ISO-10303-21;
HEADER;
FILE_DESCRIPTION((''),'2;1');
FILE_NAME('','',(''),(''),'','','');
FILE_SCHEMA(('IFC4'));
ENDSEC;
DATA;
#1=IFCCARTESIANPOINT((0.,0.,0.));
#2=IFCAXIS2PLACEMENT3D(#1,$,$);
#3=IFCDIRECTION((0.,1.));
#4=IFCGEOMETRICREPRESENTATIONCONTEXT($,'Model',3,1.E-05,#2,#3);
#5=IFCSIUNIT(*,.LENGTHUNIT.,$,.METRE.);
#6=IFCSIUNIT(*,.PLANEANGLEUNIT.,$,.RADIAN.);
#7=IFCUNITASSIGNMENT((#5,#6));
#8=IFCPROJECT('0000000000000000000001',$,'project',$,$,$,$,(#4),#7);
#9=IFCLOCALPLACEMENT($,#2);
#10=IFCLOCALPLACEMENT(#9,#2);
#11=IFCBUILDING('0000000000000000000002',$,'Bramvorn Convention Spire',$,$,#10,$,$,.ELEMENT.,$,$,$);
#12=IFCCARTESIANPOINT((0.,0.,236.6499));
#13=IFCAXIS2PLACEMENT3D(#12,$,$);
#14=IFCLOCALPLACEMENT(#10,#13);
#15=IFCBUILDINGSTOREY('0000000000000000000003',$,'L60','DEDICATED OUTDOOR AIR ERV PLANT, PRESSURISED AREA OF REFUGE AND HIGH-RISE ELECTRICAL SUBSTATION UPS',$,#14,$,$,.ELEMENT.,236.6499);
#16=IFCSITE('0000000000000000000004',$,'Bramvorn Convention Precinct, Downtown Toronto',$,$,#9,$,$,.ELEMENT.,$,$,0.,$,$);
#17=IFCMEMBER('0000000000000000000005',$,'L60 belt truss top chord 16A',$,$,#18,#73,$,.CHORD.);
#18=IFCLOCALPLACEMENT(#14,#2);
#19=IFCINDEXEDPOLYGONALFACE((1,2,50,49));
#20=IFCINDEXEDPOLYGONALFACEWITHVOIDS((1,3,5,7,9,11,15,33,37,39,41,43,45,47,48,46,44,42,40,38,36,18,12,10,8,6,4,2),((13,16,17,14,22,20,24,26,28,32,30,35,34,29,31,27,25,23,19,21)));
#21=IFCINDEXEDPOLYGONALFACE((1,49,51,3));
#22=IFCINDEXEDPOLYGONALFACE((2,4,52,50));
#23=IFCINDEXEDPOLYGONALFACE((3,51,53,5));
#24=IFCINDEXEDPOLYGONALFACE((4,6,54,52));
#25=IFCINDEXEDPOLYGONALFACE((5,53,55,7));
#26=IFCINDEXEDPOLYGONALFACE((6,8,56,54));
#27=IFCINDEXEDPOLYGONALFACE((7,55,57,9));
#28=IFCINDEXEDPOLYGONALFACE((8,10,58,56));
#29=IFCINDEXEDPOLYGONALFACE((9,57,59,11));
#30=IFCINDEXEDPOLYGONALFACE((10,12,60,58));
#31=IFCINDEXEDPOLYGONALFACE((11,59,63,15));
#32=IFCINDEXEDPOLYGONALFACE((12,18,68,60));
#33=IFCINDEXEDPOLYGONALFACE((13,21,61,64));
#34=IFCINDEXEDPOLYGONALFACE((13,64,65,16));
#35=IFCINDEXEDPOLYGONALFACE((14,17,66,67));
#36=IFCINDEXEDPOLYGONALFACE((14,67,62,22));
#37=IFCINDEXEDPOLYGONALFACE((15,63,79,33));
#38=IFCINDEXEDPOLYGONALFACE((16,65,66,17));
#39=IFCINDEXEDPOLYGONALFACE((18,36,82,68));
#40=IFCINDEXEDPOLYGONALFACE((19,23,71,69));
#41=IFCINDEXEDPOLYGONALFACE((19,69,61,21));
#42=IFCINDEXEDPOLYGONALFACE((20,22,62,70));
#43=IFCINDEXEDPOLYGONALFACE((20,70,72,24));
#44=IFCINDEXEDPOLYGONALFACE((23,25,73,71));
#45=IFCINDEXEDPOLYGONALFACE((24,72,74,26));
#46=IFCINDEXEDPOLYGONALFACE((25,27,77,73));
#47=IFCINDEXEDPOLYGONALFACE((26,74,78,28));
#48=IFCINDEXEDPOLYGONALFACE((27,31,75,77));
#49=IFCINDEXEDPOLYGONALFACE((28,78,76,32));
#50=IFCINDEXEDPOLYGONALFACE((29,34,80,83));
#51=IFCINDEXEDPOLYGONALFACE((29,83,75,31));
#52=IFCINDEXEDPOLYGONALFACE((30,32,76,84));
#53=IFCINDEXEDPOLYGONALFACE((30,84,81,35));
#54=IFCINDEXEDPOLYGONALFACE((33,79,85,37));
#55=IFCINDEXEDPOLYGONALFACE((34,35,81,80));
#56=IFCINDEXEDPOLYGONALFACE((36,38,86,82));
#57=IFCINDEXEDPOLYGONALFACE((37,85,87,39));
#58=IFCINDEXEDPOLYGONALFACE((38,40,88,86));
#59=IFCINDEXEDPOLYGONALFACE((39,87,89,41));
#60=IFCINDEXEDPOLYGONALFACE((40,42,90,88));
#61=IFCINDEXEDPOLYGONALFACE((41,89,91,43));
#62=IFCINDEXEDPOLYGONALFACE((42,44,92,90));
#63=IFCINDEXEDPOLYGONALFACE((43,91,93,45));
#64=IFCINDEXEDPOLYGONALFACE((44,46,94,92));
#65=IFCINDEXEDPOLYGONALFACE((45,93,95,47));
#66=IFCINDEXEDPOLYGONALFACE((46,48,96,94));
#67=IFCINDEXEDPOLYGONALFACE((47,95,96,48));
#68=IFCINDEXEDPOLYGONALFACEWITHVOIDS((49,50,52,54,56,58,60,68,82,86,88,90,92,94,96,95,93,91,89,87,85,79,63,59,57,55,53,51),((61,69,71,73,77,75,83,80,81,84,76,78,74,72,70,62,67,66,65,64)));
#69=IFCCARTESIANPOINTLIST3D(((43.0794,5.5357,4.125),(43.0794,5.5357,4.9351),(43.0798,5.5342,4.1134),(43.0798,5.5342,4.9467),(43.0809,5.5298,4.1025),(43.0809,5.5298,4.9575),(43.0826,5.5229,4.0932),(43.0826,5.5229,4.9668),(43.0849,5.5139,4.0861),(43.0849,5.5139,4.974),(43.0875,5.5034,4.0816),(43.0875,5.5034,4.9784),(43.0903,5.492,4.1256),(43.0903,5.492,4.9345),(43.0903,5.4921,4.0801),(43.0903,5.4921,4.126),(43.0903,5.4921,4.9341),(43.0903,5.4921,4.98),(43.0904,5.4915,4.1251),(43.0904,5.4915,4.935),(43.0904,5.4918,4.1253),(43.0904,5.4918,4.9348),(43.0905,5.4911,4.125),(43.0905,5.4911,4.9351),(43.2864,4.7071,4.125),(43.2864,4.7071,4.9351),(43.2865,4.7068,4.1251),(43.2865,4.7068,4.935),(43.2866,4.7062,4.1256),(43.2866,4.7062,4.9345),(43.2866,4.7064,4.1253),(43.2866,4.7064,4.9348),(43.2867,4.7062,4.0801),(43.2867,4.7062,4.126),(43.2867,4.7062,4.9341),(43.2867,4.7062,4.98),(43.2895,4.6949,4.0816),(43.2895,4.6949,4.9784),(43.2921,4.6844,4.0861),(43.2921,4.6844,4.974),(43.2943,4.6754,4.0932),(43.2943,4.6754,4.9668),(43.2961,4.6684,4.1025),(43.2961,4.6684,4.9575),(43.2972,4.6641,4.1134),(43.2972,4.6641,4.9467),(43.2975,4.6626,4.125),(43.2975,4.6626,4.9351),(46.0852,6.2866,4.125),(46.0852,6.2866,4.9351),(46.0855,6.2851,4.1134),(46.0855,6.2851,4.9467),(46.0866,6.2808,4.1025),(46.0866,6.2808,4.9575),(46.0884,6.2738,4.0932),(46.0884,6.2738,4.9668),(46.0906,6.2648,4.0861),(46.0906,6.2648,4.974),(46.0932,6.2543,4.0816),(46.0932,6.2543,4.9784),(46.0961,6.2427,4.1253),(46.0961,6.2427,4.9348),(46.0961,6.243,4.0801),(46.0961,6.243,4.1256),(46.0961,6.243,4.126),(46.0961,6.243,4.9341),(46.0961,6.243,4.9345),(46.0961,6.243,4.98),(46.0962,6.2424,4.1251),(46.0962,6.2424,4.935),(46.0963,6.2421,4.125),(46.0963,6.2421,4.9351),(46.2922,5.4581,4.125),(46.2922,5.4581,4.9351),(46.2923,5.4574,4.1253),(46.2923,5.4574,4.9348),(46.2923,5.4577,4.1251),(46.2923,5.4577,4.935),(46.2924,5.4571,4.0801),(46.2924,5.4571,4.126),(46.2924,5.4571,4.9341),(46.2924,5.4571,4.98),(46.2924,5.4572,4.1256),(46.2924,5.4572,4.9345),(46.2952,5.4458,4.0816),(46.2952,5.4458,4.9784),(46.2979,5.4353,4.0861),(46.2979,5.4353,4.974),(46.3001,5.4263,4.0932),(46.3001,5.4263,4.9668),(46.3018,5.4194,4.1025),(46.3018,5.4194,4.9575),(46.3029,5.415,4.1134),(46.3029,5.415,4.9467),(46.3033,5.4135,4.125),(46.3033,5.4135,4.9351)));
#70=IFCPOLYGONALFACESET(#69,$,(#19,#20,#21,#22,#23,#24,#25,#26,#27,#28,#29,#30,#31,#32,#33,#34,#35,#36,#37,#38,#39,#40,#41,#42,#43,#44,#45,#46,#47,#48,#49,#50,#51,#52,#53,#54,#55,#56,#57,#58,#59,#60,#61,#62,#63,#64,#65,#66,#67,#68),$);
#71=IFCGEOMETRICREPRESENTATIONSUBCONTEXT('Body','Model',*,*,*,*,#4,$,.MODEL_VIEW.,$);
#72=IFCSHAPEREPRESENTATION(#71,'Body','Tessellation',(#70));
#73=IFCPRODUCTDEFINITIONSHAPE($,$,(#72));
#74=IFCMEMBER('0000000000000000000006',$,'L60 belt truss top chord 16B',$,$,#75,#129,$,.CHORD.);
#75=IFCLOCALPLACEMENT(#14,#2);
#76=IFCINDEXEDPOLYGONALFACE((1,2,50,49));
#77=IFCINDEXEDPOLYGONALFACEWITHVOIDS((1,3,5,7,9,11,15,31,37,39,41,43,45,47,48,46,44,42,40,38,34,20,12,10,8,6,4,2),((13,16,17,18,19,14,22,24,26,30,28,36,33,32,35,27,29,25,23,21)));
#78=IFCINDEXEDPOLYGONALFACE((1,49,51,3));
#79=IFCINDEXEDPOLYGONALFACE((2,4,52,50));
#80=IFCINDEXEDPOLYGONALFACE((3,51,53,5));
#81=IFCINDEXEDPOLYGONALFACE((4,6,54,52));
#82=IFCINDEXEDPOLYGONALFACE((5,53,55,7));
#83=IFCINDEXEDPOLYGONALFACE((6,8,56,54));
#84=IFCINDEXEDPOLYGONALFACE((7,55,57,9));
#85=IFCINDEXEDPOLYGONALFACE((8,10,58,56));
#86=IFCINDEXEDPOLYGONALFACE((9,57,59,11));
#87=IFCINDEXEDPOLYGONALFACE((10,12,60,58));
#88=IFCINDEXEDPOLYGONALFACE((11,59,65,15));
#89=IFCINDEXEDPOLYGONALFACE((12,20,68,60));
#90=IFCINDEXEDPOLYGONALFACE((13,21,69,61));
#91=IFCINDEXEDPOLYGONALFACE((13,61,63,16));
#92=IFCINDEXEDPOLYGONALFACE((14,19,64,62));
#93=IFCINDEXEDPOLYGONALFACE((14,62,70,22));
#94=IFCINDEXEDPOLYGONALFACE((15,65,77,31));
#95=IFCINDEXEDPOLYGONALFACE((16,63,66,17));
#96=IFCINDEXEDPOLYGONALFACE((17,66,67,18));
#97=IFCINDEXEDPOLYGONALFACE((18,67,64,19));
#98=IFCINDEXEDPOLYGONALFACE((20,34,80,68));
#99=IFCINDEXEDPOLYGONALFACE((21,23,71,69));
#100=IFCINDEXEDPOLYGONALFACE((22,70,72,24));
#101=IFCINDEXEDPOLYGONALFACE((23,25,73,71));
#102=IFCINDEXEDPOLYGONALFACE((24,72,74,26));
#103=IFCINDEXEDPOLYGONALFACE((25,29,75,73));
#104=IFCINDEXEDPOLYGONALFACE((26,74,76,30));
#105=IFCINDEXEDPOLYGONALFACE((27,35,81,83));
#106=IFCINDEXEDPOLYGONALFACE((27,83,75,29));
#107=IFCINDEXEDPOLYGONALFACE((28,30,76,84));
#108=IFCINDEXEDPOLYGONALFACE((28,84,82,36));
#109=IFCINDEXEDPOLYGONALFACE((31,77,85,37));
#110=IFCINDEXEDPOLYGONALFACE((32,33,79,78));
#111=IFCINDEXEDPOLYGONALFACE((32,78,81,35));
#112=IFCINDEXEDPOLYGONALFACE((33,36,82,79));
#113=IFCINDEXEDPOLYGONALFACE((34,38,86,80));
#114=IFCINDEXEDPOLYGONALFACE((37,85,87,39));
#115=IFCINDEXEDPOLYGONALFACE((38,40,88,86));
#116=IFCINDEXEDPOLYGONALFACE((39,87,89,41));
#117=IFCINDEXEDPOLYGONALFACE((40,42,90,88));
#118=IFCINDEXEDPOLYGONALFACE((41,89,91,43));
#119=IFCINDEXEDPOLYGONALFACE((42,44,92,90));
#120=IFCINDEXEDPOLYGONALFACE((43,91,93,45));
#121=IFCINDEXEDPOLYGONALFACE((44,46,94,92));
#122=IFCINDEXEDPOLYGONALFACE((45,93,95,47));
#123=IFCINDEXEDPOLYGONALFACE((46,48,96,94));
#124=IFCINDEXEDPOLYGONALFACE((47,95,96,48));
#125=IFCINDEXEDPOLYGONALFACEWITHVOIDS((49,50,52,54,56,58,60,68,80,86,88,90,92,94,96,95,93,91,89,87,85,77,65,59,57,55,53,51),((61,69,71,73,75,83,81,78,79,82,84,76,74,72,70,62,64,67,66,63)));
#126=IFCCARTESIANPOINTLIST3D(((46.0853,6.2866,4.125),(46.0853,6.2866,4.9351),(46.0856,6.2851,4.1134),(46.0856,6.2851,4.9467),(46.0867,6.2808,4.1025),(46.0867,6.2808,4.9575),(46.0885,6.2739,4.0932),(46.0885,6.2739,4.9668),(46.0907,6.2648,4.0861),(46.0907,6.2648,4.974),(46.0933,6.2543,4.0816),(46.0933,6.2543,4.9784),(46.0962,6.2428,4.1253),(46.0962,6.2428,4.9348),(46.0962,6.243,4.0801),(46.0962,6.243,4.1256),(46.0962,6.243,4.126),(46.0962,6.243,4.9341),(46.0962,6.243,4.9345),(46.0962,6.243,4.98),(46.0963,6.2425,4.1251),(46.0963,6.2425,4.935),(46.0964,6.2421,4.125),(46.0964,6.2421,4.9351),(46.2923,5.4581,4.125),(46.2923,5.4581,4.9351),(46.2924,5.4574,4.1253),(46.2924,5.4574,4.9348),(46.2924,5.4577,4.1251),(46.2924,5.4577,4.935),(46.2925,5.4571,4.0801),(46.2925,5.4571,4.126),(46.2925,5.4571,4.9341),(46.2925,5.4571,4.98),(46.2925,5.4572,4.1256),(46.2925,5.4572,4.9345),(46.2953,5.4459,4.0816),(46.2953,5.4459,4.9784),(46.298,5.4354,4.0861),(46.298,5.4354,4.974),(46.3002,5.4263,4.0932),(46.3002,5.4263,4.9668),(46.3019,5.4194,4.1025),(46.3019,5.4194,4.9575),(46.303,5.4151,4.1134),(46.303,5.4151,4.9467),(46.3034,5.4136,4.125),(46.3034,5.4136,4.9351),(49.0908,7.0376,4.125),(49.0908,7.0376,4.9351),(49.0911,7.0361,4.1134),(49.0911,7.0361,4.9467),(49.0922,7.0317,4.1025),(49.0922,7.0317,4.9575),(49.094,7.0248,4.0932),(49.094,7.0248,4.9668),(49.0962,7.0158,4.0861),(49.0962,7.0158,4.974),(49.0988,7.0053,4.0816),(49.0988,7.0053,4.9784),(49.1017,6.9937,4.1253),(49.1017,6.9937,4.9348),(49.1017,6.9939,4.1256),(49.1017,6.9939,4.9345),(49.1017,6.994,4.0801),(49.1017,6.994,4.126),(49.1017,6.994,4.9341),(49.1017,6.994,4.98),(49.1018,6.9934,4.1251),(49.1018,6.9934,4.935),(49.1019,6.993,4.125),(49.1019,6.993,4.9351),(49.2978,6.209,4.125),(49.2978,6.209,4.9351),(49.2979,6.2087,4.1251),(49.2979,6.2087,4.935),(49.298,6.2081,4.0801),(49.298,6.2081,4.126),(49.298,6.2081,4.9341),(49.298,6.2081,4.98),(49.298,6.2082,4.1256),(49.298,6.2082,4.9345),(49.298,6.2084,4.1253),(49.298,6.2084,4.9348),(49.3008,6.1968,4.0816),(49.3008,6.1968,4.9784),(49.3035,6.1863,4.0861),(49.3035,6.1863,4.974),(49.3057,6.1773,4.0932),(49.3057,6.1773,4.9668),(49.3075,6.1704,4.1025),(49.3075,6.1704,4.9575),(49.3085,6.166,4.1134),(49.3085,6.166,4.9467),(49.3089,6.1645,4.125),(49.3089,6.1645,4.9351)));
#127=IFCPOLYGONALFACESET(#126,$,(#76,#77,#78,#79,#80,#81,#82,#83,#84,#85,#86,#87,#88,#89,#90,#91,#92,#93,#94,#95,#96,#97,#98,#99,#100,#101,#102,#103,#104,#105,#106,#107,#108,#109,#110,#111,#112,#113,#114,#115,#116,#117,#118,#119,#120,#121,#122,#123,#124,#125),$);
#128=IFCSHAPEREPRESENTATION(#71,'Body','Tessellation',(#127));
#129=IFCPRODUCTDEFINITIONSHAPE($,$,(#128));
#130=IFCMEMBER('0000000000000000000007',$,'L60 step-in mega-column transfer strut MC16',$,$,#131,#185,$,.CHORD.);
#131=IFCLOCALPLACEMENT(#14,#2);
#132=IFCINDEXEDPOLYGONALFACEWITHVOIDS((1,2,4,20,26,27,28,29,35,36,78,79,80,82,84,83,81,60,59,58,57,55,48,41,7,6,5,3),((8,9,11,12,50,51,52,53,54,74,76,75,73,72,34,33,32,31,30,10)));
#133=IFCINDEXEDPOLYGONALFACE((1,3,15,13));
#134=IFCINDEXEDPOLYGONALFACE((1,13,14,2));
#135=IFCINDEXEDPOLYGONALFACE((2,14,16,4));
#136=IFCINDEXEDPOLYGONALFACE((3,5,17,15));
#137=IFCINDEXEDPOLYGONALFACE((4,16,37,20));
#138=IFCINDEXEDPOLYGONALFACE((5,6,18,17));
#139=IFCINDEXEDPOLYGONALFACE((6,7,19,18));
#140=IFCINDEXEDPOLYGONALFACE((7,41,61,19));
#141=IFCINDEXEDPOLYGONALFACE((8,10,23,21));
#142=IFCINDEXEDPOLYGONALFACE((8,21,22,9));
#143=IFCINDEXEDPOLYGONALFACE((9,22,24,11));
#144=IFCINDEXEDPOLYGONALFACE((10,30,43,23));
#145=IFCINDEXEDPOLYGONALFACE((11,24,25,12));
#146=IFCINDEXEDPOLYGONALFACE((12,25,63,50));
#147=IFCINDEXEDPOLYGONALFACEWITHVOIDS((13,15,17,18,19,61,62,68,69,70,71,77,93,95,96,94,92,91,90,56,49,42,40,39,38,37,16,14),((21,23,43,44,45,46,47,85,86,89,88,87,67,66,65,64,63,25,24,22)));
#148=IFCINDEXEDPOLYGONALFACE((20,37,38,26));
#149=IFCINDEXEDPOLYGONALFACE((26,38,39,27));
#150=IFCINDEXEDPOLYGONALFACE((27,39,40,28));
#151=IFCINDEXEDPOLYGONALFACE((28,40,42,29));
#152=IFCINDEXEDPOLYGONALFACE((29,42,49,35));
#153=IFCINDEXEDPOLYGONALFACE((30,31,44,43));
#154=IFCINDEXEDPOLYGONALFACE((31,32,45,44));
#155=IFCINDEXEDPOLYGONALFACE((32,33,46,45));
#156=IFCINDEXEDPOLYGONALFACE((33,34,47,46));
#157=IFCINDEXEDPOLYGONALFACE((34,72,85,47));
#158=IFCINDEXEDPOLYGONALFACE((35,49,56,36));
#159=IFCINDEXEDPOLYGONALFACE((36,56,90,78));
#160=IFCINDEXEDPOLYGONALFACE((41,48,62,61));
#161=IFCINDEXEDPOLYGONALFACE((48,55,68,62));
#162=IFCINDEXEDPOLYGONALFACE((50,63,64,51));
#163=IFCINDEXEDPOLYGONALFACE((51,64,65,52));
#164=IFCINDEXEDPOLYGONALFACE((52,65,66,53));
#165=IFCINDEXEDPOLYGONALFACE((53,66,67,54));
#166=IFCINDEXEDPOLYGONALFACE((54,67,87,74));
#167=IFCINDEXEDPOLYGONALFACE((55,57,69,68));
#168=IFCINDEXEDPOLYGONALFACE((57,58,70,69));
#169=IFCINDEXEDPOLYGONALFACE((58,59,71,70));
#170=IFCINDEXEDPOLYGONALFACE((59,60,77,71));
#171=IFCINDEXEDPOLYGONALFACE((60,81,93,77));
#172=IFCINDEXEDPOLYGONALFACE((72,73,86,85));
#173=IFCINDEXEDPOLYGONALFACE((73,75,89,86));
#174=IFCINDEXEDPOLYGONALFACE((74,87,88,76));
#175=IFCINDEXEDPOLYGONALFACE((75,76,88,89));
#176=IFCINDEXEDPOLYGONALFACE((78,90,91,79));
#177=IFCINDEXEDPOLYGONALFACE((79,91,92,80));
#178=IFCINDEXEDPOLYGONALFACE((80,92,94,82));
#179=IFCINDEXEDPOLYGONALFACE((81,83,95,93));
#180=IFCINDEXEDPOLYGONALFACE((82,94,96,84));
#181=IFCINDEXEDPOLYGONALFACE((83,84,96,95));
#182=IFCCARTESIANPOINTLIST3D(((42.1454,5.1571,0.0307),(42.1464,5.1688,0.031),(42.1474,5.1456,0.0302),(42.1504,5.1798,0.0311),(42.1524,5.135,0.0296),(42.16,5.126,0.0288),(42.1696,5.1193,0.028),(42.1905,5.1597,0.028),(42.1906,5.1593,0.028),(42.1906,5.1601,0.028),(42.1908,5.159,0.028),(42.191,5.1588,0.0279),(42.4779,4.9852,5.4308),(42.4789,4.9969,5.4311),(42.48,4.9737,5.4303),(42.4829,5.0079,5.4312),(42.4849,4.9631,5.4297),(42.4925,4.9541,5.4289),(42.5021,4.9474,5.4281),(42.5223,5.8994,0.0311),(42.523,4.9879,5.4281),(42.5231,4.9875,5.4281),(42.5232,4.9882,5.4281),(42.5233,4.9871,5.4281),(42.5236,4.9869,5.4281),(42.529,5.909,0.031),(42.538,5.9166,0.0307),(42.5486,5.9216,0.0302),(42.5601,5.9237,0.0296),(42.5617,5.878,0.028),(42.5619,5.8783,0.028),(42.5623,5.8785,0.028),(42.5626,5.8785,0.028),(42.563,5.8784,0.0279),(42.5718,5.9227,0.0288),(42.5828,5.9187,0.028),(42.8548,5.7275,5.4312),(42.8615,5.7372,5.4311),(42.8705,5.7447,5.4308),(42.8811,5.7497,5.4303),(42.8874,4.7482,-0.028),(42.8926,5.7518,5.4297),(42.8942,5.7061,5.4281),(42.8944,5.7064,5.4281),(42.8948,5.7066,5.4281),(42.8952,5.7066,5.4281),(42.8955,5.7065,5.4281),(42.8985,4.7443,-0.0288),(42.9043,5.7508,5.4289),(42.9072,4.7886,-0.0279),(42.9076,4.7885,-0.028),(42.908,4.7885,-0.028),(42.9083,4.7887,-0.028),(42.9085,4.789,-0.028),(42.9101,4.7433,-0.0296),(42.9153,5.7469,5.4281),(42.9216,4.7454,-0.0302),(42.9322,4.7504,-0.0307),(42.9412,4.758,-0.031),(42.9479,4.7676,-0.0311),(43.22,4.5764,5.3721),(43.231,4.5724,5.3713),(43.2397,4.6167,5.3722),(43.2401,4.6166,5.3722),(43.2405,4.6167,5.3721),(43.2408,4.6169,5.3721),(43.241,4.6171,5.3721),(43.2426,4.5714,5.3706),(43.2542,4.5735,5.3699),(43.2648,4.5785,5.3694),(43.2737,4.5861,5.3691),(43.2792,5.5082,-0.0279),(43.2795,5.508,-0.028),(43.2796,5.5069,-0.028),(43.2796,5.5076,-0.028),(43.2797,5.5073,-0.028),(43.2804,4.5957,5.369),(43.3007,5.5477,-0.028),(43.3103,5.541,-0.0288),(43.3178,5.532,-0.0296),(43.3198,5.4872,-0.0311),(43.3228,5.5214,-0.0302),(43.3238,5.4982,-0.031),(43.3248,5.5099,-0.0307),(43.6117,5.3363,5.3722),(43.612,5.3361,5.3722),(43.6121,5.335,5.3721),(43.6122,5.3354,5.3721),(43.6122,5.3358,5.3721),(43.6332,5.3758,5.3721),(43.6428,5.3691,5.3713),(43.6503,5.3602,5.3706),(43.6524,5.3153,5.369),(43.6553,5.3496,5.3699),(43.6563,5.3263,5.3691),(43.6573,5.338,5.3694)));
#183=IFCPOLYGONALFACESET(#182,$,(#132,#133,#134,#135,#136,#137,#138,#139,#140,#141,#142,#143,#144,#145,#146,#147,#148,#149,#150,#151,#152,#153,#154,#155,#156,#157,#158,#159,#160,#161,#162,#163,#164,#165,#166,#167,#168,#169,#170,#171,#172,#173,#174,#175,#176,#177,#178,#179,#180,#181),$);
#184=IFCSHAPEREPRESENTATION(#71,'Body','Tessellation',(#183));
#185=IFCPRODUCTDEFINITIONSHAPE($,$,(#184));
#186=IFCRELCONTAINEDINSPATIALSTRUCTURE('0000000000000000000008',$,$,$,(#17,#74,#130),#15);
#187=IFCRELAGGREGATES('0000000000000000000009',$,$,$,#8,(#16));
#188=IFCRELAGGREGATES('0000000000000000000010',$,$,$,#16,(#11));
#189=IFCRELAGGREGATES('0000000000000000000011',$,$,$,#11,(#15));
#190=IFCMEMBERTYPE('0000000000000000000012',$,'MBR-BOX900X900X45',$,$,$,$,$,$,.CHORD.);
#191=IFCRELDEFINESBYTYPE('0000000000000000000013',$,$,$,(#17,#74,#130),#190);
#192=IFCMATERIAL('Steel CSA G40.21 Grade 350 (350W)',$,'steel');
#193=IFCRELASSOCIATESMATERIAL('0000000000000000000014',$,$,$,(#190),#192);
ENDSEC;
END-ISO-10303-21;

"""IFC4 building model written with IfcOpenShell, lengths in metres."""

from ifc_helpers import new_model, si_unit, direction, frame, origin, origin_2d, place, context, subcontext, project, spatial, hollow_rectangle, extrude, material, material_profile, profile_set, type_object, element, save


model = new_model("IFC4")

# Units and contexts
model_context = context("Model", 3, precision=1e-05, world=origin(), true_north=direction((0.0, 1.0)))
body_context = subcontext(model_context, "Body", "Model", "MODEL_VIEW")
ifc_project = project(units=[si_unit("LENGTHUNIT", "METRE"), si_unit("PLANEANGLEUNIT", "RADIAN")], contexts=[model_context])

# Site, building, storey
site_placement = place(None, origin())
site = spatial("IfcSite", under=ifc_project, at=site_placement, Name="Bramvorn Convention Precinct, Downtown Toronto", CompositionType="ELEMENT", RefElevation=0.0)
building_placement = place(site_placement, origin())
building = spatial("IfcBuilding", under=site, at=building_placement, Name="Bramvorn Convention Spire", CompositionType="ELEMENT")
storey_placement = place(building_placement, frame((0.0, 0.0, 236.6499)))
storey = spatial("IfcBuildingStorey", under=building, at=storey_placement, Name="L60", Description="DEDICATED OUTDOOR AIR ERV PLANT, PRESSURISED AREA OF REFUGE AND HIGH-RISE ELECTRICAL SUBSTATION UPS", CompositionType="ELEMENT", Elevation=236.6499)

# Shared definitions
ifc_material_1 = material(Name="Steel CSA G40.21 Grade 350 (350W)", Category="steel")

# Members
ifc_material_profile_1 = material_profile(ifc_material_1, hollow_rectangle(XDim=0.8999, YDim=0.8999, WallThickness=0.0449, InnerFilletRadius=0.001, OuterFilletRadius=0.0449, at=origin_2d()))
ifc_profile_set_1 = profile_set([ifc_material_profile_1], Name="Steel CSA G40.21 Grade 350 (350W) - BOX900X900X45")
member_type_1 = type_object("IfcMemberType", Name="MBR-BOX900X900X45", PredefinedType="CHORD", material=ifc_profile_set_1)
member_1_placement = place(storey_placement, frame((43.1885, 5.0991, 4.53), z_axis=(0.97018, 0.242387, 0.0), x_axis=(-0.242387, 0.97018, 0.0)))
element("IfcMember", 1, at=member_1_placement, inside=storey, type_object=member_type_1, Name="L60 belt truss top chord 16A", PredefinedType="CHORD", context=body_context, shape_type="SweptSolid", body=[
    extrude(hollow_rectangle(XDim=0.8999, YDim=0.8999, WallThickness=0.0449, InnerFilletRadius=0.001, OuterFilletRadius=0.0449, at=origin_2d()), origin(), (0.0, 0.0, 1.0), 3.0981),
])
member_2_placement = place(storey_placement, frame((46.1943, 5.8501, 4.53), z_axis=(0.970175, 0.242406, 0.0), x_axis=(-0.242406, 0.970175, 0.0)))
element("IfcMember", 2, at=member_2_placement, inside=storey, type_object=member_type_1, Name="L60 belt truss top chord 16B", PredefinedType="CHORD", context=body_context, shape_type="SweptSolid", body=[
    extrude(hollow_rectangle(XDim=0.8999, YDim=0.8999, WallThickness=0.0449, InnerFilletRadius=0.001, OuterFilletRadius=0.0449, at=origin_2d()), origin(), (0.0, 0.0, 1.0), 3.0979),
])
member_3_placement = place(storey_placement, frame((42.7351, 5.3335, 0.0), z_axis=(0.061429, -0.031752, 0.997606), x_axis=(0.459174, 0.888346, 0.0)))
element("IfcMember", 3, at=member_3_placement, inside=storey, type_object=member_type_1, Name="L60 step-in mega-column transfer strut MC16", PredefinedType="CHORD", context=body_context, shape_type="SweptSolid", body=[
    extrude(hollow_rectangle(XDim=0.8999, YDim=0.8999, WallThickness=0.0449, InnerFilletRadius=0.001, OuterFilletRadius=0.0449, at=origin_2d()), origin(), (0.0, 0.0, 1.0), 5.4131),
])

save(model, "model.ifc")
